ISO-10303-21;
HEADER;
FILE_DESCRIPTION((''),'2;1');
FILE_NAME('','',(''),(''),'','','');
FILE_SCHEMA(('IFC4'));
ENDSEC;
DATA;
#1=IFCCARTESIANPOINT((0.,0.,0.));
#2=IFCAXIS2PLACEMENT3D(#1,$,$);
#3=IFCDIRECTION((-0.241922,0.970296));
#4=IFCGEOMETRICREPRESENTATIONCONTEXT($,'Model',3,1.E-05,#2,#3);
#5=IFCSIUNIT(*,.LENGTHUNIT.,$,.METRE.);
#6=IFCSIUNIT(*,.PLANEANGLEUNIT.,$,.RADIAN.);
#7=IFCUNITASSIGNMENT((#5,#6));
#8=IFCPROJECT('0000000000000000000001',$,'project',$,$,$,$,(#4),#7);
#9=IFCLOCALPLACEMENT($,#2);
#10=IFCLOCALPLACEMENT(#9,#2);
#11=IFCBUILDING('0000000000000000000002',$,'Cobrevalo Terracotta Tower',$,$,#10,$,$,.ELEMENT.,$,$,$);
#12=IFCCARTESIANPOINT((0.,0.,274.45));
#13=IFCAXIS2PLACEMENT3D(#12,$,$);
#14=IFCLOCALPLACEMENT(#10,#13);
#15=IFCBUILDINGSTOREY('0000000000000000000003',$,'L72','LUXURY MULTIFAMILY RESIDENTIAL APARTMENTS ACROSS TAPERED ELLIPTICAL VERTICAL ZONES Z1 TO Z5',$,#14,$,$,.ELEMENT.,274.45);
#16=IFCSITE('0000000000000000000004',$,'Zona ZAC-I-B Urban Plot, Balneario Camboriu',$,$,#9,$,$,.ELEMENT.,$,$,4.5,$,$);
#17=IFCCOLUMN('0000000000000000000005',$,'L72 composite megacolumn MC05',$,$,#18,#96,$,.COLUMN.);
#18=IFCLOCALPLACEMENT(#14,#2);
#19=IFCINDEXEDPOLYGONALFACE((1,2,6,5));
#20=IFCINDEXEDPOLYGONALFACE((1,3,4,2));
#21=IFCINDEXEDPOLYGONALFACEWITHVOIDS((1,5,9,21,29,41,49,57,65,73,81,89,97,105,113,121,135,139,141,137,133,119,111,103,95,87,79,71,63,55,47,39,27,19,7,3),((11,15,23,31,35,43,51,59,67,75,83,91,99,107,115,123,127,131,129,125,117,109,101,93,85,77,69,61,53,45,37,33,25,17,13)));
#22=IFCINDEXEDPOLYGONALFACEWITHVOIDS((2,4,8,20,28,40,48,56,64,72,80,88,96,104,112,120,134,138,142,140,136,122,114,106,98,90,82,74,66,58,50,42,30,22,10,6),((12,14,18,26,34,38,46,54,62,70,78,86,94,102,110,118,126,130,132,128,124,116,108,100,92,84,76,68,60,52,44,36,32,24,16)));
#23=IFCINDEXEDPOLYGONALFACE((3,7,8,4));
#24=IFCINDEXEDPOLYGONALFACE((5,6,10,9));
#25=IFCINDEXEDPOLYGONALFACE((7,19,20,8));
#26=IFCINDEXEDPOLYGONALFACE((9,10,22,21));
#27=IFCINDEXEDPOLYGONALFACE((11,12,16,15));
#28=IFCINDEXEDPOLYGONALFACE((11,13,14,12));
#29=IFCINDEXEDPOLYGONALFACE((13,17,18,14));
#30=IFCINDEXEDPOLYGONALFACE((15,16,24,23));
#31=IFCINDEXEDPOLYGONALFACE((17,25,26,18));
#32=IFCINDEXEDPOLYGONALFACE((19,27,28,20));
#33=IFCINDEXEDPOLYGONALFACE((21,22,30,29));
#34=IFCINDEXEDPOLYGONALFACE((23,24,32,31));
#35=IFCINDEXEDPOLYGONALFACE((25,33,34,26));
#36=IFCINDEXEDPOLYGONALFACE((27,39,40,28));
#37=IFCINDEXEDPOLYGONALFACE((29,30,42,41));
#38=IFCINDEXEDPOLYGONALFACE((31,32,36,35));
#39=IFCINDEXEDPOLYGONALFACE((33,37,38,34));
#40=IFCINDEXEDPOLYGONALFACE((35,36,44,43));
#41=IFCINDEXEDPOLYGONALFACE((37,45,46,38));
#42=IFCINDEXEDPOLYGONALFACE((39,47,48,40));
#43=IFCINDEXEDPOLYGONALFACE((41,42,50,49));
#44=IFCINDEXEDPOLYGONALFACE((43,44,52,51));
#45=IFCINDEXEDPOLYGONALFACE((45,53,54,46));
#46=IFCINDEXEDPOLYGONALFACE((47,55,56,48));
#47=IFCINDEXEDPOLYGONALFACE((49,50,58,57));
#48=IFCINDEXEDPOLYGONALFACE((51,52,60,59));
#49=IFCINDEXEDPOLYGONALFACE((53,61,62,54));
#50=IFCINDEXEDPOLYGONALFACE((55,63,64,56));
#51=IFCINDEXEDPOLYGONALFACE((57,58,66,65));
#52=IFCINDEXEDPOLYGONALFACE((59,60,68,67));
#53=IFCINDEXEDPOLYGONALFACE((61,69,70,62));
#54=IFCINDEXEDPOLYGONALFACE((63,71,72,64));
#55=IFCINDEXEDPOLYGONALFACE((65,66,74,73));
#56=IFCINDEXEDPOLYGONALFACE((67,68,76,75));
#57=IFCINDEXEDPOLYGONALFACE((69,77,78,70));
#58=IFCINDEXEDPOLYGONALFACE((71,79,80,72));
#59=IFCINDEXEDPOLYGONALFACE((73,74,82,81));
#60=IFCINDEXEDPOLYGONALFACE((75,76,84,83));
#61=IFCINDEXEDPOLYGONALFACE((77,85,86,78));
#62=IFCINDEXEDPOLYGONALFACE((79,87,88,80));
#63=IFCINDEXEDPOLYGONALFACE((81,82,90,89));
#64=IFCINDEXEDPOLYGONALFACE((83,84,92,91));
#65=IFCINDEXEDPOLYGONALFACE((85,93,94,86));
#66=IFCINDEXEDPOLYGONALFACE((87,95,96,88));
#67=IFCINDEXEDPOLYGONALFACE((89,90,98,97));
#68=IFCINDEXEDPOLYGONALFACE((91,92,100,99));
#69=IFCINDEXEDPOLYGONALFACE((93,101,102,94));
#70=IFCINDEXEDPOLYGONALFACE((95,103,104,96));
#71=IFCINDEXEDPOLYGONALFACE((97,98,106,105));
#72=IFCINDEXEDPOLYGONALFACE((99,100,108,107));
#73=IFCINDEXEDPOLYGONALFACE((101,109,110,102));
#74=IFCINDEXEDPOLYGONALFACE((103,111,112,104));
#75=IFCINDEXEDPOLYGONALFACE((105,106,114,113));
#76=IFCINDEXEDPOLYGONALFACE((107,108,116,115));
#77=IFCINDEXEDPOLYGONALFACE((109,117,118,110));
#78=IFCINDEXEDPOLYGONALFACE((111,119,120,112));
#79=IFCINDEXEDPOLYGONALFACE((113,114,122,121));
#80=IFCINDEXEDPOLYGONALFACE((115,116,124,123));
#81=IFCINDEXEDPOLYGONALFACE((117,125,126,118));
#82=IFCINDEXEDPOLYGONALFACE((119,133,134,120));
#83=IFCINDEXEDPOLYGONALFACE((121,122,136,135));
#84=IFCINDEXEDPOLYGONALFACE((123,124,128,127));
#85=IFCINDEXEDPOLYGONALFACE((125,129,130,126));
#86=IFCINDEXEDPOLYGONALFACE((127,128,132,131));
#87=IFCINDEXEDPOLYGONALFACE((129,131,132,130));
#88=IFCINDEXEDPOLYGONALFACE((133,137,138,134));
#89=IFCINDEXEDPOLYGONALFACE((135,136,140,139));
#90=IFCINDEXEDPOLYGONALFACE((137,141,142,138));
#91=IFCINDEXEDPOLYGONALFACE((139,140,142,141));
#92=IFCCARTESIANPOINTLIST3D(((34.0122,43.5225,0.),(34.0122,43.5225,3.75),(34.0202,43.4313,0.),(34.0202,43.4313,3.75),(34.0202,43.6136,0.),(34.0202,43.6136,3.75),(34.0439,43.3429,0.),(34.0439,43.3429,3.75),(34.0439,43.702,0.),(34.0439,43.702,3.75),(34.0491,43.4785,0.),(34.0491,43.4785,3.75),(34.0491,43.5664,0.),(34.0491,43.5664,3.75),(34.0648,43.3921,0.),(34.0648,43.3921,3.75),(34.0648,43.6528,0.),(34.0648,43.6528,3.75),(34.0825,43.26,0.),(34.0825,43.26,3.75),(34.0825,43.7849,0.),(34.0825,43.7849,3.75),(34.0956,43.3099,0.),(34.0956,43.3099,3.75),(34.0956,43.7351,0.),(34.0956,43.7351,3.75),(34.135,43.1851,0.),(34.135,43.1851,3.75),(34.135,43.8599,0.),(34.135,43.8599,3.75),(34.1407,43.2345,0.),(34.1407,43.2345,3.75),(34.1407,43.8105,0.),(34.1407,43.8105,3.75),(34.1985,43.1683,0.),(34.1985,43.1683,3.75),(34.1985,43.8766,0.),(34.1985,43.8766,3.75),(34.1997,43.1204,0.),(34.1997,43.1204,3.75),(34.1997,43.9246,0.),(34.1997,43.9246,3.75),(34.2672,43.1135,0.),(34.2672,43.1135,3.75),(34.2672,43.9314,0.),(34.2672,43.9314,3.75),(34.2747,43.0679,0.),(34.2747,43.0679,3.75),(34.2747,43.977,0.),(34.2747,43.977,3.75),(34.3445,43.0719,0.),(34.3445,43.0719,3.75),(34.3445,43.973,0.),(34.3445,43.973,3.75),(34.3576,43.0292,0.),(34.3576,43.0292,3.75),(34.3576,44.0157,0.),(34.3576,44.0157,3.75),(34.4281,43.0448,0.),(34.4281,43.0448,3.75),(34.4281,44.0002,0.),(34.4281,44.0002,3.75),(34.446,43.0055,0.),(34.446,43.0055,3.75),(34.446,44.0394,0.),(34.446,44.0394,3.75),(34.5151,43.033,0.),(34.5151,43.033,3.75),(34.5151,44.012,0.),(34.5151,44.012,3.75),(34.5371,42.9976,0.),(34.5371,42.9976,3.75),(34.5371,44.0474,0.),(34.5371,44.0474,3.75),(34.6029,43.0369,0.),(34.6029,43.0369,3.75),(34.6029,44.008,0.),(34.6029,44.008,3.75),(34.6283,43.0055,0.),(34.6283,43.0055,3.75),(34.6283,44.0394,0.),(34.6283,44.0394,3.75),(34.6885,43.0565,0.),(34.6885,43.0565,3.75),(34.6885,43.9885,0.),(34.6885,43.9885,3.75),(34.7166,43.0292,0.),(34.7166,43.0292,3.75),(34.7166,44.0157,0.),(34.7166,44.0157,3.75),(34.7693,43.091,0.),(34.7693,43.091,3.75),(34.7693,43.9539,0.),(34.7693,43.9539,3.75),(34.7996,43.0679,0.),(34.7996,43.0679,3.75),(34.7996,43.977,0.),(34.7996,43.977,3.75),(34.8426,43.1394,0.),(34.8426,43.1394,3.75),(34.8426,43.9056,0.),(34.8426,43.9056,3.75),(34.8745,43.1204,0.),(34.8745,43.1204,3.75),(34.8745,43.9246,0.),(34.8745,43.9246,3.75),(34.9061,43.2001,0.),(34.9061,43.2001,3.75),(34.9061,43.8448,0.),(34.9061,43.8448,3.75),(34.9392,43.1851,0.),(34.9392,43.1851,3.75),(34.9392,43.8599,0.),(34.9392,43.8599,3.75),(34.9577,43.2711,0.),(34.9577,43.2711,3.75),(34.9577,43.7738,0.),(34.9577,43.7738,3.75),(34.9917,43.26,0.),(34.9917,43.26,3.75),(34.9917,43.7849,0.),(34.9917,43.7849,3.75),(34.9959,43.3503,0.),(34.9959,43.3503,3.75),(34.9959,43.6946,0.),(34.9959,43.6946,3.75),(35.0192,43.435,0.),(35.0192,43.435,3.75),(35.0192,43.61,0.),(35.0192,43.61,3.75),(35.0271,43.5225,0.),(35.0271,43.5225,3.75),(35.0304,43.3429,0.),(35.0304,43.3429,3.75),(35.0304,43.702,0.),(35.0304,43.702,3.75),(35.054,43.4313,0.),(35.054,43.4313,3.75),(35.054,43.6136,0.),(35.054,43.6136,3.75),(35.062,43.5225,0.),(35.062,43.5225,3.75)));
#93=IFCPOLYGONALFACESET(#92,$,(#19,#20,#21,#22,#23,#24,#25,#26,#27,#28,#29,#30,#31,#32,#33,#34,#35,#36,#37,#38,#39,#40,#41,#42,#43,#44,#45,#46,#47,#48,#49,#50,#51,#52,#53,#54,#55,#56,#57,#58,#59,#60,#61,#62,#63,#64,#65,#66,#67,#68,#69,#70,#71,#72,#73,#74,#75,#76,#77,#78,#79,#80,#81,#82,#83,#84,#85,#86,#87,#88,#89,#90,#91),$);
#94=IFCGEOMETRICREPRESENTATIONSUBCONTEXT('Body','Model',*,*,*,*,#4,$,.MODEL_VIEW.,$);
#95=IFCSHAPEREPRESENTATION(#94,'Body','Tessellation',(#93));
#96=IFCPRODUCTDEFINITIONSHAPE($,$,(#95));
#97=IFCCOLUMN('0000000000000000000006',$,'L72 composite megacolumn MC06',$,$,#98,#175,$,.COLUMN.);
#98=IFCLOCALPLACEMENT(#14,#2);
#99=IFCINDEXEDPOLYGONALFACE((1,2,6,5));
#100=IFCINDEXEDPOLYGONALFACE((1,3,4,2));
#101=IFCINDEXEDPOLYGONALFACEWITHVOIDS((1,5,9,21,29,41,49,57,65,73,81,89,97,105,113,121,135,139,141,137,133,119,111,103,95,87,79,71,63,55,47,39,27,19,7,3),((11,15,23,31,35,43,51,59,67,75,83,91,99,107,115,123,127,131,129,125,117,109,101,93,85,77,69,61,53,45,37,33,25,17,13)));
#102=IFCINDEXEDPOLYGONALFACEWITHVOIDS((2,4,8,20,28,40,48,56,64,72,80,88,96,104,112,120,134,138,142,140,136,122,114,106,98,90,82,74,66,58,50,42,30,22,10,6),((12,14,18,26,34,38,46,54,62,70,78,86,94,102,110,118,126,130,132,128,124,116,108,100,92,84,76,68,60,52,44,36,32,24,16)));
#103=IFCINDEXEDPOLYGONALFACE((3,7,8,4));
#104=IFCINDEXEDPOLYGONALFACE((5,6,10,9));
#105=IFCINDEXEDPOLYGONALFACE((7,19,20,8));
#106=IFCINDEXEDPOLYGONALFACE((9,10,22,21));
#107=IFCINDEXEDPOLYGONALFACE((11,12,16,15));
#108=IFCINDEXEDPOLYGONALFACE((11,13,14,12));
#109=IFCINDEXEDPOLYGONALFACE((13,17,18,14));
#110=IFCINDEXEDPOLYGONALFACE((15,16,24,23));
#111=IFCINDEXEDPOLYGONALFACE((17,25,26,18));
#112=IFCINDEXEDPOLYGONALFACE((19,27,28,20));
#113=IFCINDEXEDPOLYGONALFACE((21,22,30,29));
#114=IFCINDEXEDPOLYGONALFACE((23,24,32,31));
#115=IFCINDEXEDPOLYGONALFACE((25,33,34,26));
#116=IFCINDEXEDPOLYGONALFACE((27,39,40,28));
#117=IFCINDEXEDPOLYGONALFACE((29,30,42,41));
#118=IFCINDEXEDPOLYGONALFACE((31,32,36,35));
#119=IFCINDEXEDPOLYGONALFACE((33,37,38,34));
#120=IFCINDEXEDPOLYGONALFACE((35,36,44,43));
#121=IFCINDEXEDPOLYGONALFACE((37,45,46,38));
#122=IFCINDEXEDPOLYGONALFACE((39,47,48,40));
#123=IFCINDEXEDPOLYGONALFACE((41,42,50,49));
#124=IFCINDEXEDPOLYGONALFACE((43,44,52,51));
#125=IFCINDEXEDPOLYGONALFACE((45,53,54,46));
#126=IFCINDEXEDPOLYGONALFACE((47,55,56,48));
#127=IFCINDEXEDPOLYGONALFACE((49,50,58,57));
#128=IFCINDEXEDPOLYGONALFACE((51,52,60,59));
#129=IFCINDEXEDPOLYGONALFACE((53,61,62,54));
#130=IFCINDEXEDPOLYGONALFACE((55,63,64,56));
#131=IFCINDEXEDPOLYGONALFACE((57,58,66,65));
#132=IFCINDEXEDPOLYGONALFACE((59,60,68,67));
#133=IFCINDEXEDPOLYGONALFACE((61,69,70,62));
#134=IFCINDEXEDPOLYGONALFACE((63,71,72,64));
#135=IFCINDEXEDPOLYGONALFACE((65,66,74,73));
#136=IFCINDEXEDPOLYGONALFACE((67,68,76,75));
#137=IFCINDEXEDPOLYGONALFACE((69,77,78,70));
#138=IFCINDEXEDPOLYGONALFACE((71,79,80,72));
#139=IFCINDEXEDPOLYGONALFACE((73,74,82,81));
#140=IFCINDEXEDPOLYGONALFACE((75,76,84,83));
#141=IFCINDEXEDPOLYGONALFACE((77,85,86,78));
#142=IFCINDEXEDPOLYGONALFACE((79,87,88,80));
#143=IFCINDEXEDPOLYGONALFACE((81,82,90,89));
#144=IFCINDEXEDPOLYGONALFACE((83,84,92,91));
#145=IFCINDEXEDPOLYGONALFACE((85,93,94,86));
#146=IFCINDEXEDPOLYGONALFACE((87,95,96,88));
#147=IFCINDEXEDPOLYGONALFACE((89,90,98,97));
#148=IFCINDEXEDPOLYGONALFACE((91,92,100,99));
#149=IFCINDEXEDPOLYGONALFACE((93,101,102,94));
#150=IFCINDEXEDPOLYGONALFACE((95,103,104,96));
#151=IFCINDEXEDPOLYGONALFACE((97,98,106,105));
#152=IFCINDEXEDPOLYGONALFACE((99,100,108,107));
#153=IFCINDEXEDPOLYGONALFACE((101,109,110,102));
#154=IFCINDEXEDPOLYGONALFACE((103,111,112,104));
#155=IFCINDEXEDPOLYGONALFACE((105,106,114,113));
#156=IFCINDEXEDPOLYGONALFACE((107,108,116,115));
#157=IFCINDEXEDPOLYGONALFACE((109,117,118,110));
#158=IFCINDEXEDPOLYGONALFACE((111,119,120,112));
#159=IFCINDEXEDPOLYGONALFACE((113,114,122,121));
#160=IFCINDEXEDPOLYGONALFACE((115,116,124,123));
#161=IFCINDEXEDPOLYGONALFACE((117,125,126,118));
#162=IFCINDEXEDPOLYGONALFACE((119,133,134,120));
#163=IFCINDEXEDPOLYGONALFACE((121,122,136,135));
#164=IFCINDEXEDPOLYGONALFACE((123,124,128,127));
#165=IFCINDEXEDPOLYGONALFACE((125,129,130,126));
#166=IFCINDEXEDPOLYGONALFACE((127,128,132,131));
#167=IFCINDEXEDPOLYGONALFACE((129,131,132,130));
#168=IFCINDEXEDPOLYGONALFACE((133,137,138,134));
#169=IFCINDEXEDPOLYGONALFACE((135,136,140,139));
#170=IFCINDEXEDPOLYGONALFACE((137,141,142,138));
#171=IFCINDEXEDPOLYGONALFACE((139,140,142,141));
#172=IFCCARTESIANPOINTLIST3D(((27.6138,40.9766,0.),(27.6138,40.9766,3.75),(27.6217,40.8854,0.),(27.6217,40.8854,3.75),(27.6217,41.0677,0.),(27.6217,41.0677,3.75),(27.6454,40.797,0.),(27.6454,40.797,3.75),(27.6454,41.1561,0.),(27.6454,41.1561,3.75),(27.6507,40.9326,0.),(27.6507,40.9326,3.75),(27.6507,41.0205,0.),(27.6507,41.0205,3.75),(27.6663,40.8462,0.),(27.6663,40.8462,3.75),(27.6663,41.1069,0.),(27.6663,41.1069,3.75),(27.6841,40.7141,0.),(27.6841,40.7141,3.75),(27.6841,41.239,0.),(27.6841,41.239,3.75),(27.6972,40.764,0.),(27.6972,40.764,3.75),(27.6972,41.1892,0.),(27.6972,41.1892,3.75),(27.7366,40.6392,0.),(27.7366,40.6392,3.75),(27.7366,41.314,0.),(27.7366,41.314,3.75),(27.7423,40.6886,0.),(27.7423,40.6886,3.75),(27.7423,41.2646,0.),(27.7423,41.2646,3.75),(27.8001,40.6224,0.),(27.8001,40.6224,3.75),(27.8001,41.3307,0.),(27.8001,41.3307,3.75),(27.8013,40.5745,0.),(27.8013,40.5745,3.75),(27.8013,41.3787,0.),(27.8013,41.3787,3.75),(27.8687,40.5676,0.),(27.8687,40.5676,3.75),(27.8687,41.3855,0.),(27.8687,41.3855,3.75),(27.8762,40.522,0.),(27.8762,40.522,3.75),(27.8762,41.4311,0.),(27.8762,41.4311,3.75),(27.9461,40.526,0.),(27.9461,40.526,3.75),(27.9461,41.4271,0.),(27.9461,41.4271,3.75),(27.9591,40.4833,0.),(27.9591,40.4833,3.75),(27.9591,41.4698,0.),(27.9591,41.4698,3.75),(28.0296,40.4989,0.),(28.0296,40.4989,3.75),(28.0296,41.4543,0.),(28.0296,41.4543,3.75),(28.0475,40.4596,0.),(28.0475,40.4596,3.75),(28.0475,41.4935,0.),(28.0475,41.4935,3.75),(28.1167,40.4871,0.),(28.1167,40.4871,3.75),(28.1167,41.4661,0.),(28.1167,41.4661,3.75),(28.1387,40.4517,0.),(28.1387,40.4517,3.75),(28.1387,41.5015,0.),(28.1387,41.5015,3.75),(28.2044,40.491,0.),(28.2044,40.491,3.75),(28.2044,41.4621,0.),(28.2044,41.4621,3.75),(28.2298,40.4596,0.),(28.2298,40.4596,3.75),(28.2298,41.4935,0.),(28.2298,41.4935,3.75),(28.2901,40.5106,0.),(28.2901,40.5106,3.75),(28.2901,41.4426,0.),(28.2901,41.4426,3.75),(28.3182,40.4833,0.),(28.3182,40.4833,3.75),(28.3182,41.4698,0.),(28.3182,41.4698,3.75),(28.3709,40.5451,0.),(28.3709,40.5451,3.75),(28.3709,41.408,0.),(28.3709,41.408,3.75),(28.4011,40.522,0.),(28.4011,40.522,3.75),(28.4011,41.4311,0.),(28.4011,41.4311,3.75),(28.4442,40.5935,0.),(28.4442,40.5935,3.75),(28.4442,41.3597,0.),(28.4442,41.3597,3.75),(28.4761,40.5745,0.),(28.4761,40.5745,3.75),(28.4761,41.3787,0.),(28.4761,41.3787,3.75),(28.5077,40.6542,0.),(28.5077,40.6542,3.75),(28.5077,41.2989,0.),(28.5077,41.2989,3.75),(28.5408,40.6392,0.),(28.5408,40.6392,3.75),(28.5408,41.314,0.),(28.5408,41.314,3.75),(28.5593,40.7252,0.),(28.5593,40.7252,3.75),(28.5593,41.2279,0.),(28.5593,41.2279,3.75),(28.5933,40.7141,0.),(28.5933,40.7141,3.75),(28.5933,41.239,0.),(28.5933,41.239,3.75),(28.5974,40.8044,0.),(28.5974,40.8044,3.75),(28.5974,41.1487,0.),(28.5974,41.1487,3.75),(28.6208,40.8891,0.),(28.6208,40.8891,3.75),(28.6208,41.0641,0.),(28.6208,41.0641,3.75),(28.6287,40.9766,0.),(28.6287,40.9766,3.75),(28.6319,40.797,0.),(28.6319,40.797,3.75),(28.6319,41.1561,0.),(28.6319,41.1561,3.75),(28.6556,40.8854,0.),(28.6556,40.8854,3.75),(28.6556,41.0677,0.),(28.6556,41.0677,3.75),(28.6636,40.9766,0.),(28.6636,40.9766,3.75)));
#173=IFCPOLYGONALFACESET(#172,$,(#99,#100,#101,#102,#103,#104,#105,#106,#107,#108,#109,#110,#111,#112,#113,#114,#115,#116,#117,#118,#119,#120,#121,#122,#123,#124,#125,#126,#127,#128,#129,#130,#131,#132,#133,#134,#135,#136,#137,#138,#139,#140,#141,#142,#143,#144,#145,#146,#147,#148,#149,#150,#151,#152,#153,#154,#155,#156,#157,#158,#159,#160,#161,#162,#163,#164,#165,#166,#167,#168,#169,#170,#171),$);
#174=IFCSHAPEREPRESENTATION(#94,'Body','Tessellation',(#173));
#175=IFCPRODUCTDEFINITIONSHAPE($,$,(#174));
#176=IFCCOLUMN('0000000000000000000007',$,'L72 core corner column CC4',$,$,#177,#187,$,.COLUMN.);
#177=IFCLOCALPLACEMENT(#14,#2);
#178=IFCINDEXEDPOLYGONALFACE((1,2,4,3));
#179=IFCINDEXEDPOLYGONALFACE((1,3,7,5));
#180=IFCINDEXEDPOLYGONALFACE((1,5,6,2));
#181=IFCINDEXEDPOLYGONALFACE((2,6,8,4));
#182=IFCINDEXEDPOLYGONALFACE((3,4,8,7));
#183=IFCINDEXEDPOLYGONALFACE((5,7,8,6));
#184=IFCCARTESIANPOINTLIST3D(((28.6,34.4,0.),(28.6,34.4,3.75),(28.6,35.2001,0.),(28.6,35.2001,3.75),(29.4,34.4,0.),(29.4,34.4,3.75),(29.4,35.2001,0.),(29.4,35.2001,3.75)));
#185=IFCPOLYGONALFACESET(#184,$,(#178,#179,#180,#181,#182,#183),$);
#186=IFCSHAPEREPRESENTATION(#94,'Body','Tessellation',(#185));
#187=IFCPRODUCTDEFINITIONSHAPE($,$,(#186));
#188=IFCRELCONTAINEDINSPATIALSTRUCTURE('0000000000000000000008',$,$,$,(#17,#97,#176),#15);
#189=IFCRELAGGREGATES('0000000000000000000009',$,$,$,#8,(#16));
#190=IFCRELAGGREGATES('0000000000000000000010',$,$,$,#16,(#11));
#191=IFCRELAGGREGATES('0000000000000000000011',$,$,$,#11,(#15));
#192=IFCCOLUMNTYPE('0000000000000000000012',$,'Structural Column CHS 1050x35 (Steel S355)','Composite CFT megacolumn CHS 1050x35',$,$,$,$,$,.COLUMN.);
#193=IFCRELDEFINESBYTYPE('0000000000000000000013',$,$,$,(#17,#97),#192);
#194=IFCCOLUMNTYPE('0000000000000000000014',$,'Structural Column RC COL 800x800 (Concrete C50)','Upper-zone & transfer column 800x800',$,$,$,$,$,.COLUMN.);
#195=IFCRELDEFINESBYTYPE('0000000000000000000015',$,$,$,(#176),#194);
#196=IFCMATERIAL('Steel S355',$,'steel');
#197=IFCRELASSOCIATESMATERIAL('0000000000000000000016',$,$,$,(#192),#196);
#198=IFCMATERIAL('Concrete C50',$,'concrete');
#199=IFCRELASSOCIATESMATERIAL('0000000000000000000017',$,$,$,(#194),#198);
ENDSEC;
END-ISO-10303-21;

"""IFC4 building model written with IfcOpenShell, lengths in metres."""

from ifc_helpers import new_model, si_unit, direction, frame, origin, origin_2d, place, context, subcontext, project, spatial, rectangle, hollow_circle, extrude, material, material_profile, profile_set, type_object, element, save


model = new_model("IFC4")

# Units and contexts
model_context = context("Model", 3, precision=1e-05, world=origin(), true_north=direction((-0.241922, 0.970296)))
body_context = subcontext(model_context, "Body", "Model", "MODEL_VIEW")
ifc_project = project(units=[si_unit("LENGTHUNIT", "METRE"), si_unit("PLANEANGLEUNIT", "RADIAN")], contexts=[model_context])

# Site, building, storey
site_placement = place(None, origin())
site = spatial("IfcSite", under=ifc_project, at=site_placement, Name="Zona ZAC-I-B Urban Plot, Balneario Camboriu", CompositionType="ELEMENT", RefElevation=4.5)
building_placement = place(site_placement, origin())
building = spatial("IfcBuilding", under=site, at=building_placement, Name="Cobrevalo Terracotta Tower", CompositionType="ELEMENT")
storey_placement = place(building_placement, frame((0.0, 0.0, 274.45)))
storey = spatial("IfcBuildingStorey", under=building, at=storey_placement, Name="L72", Description="LUXURY MULTIFAMILY RESIDENTIAL APARTMENTS ACROSS TAPERED ELLIPTICAL VERTICAL ZONES Z1 TO Z5", CompositionType="ELEMENT", Elevation=274.45)

# Columns
ifc_material_1 = material(Name="Steel S355", Category="steel")
ifc_material_profile_1 = material_profile(ifc_material_1, hollow_circle(Radius=0.5249, WallThickness=0.0349, at=origin_2d()), Name="CHS 1050x35")
ifc_profile_set_1 = profile_set([ifc_material_profile_1], Name="Steel S355")
column_type_1 = type_object("IfcColumnType", Name="Structural Column CHS 1050x35 (Steel S355)", Description="Composite CFT megacolumn CHS 1050x35", PredefinedType="COLUMN", material=ifc_profile_set_1)
for number, where, z_axis, x_axis, name in (
    (1, (34.5371, 43.5225, 0.0), (0.0, 0.0, 1.0), (1.0, 0.0, 0.0), "L72 composite megacolumn MC05"),
    (2, (28.1387, 40.9766, 0.0), (0.0, 0.0, 1.0), (1.0, 0.0, 0.0), "L72 composite megacolumn MC06"),
):
    element("IfcColumn", number, at=place(storey_placement, frame(where, z_axis=z_axis, x_axis=x_axis)), inside=storey, type_object=column_type_1, Name=name, PredefinedType="COLUMN", context=body_context, shape_type="SweptSolid", body=[
        extrude(hollow_circle(Radius=0.5249, WallThickness=0.0349, at=origin_2d()), origin(), (0.0, 0.0, 1.0), 3.75),
    ])
ifc_material_2 = material(Name="Concrete C50", Category="concrete")
ifc_material_profile_2 = material_profile(ifc_material_2, rectangle(XDim=0.8, YDim=0.8, at=origin_2d()), Name="RC COL 800x800")
ifc_profile_set_2 = profile_set([ifc_material_profile_2], Name="Concrete C50")
column_type_2 = type_object("IfcColumnType", Name="Structural Column RC COL 800x800 (Concrete C50)", Description="Upper-zone & transfer column 800x800", PredefinedType="COLUMN", material=ifc_profile_set_2)
column_placement = place(storey_placement, frame((29.0, 34.8, 0.0), z_axis=(0.0, 0.0, 1.0), x_axis=(1.0, 0.0, 0.0)))
element("IfcColumn", 3, at=column_placement, inside=storey, type_object=column_type_2, Name="L72 core corner column CC4", PredefinedType="COLUMN", context=body_context, shape_type="SweptSolid", body=[
    extrude(rectangle(XDim=0.8, YDim=0.8, at=origin_2d()), origin(), (0.0, 0.0, 1.0), 3.75),
])

save(model, "model.ifc")
